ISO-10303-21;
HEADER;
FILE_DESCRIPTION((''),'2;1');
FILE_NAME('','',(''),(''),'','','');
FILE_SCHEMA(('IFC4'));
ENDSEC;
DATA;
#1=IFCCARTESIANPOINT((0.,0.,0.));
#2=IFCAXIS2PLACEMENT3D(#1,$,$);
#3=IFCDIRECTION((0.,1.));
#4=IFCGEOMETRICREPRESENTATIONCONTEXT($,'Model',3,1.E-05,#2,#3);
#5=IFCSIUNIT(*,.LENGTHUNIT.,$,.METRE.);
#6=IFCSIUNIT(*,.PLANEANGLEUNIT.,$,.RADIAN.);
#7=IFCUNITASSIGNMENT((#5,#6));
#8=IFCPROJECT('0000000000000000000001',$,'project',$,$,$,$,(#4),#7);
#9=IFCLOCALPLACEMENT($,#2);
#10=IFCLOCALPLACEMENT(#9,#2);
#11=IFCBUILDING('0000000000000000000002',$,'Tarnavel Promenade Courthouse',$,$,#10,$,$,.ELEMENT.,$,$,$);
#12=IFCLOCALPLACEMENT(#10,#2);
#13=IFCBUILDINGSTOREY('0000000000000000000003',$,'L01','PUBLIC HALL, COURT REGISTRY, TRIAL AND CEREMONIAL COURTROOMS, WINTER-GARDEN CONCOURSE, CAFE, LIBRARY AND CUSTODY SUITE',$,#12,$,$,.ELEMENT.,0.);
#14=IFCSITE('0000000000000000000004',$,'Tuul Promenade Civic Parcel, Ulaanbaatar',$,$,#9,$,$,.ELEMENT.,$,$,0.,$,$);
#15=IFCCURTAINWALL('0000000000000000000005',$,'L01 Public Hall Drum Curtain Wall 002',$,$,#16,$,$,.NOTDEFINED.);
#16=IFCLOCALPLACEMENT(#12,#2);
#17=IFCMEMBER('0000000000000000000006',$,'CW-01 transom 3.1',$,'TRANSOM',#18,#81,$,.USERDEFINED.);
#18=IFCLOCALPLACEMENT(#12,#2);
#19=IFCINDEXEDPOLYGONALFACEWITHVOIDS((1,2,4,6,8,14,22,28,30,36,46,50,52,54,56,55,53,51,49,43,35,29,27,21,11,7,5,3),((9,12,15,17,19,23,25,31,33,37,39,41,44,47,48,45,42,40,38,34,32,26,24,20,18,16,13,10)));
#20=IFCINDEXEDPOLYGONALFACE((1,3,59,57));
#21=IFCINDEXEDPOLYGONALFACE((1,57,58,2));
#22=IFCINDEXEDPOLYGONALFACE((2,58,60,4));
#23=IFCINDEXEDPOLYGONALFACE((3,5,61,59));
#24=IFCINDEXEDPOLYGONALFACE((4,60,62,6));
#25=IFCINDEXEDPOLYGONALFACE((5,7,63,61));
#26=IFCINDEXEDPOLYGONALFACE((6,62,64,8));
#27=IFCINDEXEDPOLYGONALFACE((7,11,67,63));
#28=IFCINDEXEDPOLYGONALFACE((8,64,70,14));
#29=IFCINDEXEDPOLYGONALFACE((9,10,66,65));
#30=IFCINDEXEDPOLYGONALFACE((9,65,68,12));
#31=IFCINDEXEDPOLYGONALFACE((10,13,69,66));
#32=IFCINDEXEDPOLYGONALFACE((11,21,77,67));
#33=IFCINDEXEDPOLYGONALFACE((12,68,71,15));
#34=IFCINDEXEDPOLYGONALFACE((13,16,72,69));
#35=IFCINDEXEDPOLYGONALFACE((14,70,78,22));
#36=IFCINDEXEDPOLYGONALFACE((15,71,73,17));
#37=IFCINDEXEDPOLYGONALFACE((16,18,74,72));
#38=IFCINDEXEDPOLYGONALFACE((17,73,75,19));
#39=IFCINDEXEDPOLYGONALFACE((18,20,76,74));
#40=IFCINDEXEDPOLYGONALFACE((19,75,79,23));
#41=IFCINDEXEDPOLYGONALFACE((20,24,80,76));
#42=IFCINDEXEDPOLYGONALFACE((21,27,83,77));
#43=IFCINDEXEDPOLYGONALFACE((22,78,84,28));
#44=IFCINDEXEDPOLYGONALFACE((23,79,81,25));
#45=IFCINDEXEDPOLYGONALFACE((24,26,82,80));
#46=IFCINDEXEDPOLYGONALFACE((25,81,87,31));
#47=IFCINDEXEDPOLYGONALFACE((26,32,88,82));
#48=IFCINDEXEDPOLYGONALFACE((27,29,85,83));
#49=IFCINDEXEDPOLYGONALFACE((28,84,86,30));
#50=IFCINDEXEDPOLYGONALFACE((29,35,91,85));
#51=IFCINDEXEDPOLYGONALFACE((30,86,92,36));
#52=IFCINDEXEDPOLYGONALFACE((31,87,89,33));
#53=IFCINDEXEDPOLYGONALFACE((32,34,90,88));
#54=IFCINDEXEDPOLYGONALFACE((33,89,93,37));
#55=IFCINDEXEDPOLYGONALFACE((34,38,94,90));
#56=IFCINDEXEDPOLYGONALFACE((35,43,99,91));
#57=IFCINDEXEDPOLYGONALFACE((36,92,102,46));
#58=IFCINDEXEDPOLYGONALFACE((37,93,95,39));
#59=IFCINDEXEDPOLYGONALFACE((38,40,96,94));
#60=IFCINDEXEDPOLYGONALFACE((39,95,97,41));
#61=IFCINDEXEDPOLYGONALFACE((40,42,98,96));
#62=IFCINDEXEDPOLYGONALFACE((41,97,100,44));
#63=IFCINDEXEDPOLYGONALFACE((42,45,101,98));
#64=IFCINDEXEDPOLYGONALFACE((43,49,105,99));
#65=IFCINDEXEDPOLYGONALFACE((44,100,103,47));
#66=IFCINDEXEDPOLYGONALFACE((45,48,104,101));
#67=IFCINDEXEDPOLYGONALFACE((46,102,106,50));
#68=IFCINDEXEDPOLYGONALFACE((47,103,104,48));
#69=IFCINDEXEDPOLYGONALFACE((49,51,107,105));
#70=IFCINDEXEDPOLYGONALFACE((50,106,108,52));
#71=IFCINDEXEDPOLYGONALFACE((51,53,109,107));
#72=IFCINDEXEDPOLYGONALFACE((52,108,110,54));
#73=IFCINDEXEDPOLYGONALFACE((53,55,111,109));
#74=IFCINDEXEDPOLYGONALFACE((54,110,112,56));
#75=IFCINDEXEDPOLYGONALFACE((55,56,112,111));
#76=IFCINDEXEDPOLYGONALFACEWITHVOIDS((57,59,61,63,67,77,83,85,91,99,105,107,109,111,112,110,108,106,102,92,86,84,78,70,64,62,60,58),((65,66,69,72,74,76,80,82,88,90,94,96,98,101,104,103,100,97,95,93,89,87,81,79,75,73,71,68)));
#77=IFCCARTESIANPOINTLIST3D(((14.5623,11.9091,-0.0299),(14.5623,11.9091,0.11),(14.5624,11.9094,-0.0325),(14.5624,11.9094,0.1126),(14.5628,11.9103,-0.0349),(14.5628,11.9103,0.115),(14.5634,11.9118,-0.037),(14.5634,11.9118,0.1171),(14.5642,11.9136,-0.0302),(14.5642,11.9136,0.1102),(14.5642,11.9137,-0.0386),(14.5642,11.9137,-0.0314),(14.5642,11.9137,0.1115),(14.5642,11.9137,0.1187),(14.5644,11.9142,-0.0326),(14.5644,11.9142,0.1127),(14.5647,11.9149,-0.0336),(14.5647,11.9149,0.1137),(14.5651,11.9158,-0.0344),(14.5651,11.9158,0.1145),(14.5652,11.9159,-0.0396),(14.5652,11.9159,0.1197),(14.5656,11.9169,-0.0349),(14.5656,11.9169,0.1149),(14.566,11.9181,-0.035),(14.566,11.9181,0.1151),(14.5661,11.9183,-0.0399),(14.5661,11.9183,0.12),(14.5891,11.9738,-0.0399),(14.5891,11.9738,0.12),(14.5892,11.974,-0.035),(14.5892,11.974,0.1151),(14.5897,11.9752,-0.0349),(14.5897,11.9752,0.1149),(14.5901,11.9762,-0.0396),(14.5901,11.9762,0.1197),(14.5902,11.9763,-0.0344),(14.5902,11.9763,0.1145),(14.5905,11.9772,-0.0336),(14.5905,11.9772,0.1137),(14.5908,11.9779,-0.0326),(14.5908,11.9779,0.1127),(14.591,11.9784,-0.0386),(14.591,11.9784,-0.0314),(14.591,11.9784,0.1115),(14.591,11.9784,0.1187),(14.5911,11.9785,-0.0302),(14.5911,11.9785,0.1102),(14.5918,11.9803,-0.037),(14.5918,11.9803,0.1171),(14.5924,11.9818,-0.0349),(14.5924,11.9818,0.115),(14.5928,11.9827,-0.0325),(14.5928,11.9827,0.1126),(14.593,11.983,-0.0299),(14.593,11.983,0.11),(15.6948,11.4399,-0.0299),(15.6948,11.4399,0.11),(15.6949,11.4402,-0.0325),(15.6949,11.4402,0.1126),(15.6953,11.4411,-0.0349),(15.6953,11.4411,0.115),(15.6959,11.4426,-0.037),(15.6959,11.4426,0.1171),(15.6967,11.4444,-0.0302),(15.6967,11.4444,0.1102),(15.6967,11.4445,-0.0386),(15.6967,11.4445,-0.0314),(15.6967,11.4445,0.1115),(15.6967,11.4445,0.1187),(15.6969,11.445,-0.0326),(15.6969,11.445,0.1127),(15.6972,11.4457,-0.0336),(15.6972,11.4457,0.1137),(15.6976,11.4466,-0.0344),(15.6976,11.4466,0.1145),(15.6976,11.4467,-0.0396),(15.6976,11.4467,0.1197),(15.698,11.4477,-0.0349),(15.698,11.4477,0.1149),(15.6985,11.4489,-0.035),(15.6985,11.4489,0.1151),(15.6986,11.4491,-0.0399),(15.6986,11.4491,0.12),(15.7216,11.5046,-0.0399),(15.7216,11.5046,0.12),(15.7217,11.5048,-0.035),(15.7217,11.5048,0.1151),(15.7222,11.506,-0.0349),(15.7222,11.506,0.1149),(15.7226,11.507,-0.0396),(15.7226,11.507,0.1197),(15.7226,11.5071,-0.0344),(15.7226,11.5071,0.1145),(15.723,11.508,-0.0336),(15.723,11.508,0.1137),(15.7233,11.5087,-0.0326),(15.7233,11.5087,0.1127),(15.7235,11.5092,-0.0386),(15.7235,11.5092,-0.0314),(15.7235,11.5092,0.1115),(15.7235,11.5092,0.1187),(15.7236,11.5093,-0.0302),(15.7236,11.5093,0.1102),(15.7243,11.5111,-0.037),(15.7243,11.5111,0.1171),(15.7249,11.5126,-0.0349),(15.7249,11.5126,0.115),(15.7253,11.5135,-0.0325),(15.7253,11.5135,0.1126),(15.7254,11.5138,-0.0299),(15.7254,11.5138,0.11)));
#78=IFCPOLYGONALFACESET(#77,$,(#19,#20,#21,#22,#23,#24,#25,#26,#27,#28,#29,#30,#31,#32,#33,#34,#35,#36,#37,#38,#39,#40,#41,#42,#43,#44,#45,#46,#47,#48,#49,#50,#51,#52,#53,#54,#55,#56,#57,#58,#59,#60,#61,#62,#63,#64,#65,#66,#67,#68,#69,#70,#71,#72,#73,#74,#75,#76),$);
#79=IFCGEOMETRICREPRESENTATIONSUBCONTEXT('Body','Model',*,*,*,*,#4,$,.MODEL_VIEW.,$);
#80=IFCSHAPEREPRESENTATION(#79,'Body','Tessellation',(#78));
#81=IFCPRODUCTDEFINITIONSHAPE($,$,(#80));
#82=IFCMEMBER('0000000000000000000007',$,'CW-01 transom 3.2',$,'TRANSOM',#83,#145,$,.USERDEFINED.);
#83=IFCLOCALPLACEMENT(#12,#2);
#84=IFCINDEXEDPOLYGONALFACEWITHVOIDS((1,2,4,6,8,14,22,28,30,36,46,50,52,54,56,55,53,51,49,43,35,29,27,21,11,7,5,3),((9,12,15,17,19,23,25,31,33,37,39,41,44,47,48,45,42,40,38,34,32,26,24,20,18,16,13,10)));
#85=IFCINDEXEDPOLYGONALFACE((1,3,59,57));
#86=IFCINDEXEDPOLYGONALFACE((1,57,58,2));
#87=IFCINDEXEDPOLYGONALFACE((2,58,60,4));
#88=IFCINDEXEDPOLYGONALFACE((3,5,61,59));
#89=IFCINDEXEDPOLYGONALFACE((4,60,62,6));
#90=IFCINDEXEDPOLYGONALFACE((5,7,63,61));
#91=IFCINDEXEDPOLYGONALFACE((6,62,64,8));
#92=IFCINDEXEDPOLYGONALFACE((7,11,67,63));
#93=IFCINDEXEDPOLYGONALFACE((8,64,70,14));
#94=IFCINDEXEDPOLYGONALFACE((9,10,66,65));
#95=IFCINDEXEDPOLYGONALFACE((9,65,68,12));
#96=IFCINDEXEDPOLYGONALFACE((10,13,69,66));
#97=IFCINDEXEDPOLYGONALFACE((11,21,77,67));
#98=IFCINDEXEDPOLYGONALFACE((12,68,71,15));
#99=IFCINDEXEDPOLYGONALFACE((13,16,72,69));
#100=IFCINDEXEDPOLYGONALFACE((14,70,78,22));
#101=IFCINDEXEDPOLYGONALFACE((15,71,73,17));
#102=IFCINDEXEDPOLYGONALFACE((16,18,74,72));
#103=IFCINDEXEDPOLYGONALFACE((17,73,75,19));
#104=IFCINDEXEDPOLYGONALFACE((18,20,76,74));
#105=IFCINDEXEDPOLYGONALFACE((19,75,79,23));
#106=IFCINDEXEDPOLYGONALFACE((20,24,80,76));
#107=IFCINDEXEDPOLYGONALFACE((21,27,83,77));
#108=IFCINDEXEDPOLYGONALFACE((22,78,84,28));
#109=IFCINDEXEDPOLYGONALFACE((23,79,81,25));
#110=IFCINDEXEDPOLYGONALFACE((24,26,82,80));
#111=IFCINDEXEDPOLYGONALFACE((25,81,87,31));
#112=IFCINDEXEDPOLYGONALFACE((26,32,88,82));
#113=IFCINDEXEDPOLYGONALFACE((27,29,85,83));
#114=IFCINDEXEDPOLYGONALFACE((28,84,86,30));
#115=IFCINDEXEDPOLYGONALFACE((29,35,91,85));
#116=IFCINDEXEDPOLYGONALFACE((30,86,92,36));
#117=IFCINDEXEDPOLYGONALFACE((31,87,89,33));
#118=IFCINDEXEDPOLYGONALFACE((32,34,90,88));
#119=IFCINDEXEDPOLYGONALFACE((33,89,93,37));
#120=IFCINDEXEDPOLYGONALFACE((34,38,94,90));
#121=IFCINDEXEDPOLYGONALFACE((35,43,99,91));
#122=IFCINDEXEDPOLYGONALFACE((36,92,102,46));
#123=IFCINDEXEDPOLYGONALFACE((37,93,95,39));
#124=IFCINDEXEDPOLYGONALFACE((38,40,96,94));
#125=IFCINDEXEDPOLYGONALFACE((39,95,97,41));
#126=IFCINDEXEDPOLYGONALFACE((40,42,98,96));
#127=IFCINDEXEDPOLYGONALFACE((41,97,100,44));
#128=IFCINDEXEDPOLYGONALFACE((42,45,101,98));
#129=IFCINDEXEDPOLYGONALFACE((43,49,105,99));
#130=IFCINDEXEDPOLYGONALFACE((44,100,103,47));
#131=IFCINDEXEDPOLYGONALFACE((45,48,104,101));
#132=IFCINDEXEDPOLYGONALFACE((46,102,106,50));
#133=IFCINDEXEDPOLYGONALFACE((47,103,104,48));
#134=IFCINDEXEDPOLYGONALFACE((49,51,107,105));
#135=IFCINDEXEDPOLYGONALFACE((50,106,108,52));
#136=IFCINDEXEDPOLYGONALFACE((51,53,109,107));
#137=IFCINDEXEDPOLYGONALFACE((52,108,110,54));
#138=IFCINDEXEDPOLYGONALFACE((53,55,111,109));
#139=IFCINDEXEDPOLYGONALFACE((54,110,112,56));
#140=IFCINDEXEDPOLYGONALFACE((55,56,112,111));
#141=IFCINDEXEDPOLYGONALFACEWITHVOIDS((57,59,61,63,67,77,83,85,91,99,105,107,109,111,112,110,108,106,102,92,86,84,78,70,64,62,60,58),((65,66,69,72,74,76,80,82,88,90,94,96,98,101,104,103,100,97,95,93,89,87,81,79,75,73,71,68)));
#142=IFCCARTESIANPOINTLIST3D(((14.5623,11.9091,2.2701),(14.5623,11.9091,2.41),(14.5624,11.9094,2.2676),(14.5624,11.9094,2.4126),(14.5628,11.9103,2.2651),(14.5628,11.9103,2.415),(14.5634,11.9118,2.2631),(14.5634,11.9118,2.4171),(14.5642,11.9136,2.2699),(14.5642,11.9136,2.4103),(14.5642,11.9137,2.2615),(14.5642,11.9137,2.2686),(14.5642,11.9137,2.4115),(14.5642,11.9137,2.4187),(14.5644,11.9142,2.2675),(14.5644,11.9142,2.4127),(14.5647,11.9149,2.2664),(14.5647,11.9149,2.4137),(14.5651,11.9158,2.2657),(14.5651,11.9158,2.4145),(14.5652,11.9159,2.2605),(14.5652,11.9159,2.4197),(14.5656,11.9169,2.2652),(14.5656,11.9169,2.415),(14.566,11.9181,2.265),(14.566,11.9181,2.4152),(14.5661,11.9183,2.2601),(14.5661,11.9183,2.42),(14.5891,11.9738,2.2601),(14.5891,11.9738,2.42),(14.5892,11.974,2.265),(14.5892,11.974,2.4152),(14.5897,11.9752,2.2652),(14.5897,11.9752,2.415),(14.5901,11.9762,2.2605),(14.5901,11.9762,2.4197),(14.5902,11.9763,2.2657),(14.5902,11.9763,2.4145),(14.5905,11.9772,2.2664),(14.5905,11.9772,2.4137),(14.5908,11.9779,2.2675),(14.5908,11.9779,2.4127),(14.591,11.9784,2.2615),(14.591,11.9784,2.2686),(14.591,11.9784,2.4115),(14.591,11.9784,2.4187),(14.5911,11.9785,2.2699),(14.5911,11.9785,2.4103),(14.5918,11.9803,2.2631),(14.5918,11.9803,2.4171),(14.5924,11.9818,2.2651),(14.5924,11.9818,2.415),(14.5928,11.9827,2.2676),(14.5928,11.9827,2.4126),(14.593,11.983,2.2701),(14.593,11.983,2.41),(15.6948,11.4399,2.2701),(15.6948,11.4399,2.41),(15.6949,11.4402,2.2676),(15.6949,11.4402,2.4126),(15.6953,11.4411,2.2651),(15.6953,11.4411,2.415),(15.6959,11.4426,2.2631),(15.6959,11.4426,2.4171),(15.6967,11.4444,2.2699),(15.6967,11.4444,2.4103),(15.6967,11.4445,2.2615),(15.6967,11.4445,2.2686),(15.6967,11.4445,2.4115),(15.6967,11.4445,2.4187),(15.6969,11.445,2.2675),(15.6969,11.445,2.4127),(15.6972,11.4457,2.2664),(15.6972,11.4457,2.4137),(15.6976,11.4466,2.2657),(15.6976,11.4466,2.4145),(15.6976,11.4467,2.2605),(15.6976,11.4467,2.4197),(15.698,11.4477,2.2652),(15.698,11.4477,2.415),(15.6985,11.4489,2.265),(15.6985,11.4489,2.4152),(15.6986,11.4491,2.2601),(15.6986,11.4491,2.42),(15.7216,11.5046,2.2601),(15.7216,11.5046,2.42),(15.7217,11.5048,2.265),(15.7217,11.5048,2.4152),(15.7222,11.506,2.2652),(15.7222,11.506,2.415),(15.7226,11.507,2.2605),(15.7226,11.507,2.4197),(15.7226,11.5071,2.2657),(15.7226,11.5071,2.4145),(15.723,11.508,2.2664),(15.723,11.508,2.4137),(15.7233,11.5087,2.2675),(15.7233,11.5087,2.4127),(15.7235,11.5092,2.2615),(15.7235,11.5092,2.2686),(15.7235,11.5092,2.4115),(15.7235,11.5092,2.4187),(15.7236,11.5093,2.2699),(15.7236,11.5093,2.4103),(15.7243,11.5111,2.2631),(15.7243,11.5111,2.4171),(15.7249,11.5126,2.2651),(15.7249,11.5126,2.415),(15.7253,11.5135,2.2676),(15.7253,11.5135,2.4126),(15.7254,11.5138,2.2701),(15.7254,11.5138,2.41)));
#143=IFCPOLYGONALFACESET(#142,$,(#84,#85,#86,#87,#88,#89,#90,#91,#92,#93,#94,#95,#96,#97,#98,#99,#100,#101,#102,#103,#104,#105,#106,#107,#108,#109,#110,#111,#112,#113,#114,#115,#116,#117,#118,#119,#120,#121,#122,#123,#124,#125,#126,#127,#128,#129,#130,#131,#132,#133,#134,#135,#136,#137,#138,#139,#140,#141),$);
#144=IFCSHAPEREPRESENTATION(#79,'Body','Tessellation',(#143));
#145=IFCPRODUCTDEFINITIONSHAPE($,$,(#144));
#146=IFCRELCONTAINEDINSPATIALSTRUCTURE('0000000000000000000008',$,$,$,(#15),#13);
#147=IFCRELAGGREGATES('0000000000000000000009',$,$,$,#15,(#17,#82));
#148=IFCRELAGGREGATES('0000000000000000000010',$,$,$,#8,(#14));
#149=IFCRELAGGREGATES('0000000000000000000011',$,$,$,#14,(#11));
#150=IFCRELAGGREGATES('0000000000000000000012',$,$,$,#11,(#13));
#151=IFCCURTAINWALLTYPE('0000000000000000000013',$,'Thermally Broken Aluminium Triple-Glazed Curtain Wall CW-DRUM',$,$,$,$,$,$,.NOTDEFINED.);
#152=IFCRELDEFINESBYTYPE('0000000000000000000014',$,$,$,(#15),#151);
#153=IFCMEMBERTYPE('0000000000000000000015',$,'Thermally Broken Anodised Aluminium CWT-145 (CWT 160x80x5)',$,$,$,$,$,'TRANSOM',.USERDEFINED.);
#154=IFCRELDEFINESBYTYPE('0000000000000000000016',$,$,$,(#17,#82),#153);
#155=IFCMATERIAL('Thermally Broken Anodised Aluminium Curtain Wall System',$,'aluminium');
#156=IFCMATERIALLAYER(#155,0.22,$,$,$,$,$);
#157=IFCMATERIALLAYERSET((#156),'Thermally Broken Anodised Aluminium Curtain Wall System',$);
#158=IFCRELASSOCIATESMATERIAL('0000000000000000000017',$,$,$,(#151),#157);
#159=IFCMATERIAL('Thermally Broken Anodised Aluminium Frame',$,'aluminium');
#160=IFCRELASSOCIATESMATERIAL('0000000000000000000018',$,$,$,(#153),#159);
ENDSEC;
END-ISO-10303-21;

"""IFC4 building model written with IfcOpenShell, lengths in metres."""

from ifc_helpers import new_model, si_unit, direction, frame, origin, origin_2d, place, context, subcontext, project, spatial, hollow_rectangle, extrude, material, layer, layer_set, material_profile, profile_set, type_object, element, aggregate, save


model = new_model("IFC4")

# Units and contexts
model_context = context("Model", 3, precision=1e-05, world=origin(), true_north=direction((0.0, 1.0)))
body_context = subcontext(model_context, "Body", "Model", "MODEL_VIEW")
ifc_project = project(units=[si_unit("LENGTHUNIT", "METRE"), si_unit("PLANEANGLEUNIT", "RADIAN")], contexts=[model_context])

# Site, building, storey
site_placement = place(None, origin())
site = spatial("IfcSite", under=ifc_project, at=site_placement, Name="Tuul Promenade Civic Parcel, Ulaanbaatar", CompositionType="ELEMENT", RefElevation=0.0)
building_placement = place(site_placement, origin())
building = spatial("IfcBuilding", under=site, at=building_placement, Name="Tarnavel Promenade Courthouse", CompositionType="ELEMENT")
storey_placement = place(building_placement, origin())
storey = spatial("IfcBuildingStorey", under=building, at=storey_placement, Name="L01", Description="PUBLIC HALL, COURT REGISTRY, TRIAL AND CEREMONIAL COURTROOMS, WINTER-GARDEN CONCOURSE, CAFE, LIBRARY AND CUSTODY SUITE", CompositionType="ELEMENT", Elevation=0.0)

# Curtain wall
ifc_material_1 = material(Name="Thermally Broken Anodised Aluminium Curtain Wall System", Category="aluminium")
ifc_layer_1 = layer(ifc_material_1, 0.22)
ifc_layer_set_1 = layer_set([ifc_layer_1], Name="Thermally Broken Anodised Aluminium Curtain Wall System")
curtain_wall_type = type_object("IfcCurtainWallType", Name="Thermally Broken Aluminium Triple-Glazed Curtain Wall CW-DRUM", PredefinedType="NOTDEFINED", material=ifc_layer_set_1)
curtain_wall_1_placement = place(storey_placement, origin())
curtain_wall_1 = element("IfcCurtainWall", 1, at=curtain_wall_1_placement, inside=storey, type_object=curtain_wall_type, Name="L01 Public Hall Drum Curtain Wall 002", PredefinedType="NOTDEFINED")
ifc_material_2 = material(Name="Thermally Broken Anodised Aluminium Frame", Category="aluminium")

# Members
ifc_material_profile_1 = material_profile(ifc_material_2, hollow_rectangle(XDim=0.0801, YDim=0.1599, WallThickness=0.0049, InnerFilletRadius=0.0049, OuterFilletRadius=0.01, at=origin_2d()), Name="CWT 160x80x5")
ifc_profile_set_1 = profile_set([ifc_material_profile_1], Name="Thermally Broken Anodised Aluminium Frame")
member_type_1 = type_object("IfcMemberType", Name="Thermally Broken Anodised Aluminium CWT-145 (CWT 160x80x5)", ElementType="TRANSOM", PredefinedType="USERDEFINED", material=ifc_profile_set_1)
member_1_placement = place(storey_placement, frame((14.5776, 11.946, 0.04), z_axis=(0.923847, -0.382762, 0.0), x_axis=(0.382762, 0.923847, 0.0)))
member_1 = element("IfcMember", 2, at=member_1_placement, type_object=member_type_1, Name="CW-01 transom 3.1", ObjectType="TRANSOM", PredefinedType="USERDEFINED", context=body_context, shape_type="SweptSolid", body=[
    extrude(hollow_rectangle(XDim=0.0801, YDim=0.1599, WallThickness=0.0049, InnerFilletRadius=0.0049, OuterFilletRadius=0.01, at=origin_2d()), origin(), (0.0, 0.0, 1.0), 1.2258),
])
member_2_placement = place(storey_placement, frame((14.5776, 11.946, 2.3401), z_axis=(0.923847, -0.382762, 0.0), x_axis=(0.382762, 0.923847, 0.0)))
member_2 = element("IfcMember", 3, at=member_2_placement, type_object=member_type_1, Name="CW-01 transom 3.2", ObjectType="TRANSOM", PredefinedType="USERDEFINED", context=body_context, shape_type="SweptSolid", body=[
    extrude(hollow_rectangle(XDim=0.0801, YDim=0.1599, WallThickness=0.0049, InnerFilletRadius=0.0049, OuterFilletRadius=0.01, at=origin_2d()), origin(), (0.0, 0.0, 1.0), 1.2258),
])

aggregate(curtain_wall_1, [member_1, member_2])

save(model, "model.ifc")
